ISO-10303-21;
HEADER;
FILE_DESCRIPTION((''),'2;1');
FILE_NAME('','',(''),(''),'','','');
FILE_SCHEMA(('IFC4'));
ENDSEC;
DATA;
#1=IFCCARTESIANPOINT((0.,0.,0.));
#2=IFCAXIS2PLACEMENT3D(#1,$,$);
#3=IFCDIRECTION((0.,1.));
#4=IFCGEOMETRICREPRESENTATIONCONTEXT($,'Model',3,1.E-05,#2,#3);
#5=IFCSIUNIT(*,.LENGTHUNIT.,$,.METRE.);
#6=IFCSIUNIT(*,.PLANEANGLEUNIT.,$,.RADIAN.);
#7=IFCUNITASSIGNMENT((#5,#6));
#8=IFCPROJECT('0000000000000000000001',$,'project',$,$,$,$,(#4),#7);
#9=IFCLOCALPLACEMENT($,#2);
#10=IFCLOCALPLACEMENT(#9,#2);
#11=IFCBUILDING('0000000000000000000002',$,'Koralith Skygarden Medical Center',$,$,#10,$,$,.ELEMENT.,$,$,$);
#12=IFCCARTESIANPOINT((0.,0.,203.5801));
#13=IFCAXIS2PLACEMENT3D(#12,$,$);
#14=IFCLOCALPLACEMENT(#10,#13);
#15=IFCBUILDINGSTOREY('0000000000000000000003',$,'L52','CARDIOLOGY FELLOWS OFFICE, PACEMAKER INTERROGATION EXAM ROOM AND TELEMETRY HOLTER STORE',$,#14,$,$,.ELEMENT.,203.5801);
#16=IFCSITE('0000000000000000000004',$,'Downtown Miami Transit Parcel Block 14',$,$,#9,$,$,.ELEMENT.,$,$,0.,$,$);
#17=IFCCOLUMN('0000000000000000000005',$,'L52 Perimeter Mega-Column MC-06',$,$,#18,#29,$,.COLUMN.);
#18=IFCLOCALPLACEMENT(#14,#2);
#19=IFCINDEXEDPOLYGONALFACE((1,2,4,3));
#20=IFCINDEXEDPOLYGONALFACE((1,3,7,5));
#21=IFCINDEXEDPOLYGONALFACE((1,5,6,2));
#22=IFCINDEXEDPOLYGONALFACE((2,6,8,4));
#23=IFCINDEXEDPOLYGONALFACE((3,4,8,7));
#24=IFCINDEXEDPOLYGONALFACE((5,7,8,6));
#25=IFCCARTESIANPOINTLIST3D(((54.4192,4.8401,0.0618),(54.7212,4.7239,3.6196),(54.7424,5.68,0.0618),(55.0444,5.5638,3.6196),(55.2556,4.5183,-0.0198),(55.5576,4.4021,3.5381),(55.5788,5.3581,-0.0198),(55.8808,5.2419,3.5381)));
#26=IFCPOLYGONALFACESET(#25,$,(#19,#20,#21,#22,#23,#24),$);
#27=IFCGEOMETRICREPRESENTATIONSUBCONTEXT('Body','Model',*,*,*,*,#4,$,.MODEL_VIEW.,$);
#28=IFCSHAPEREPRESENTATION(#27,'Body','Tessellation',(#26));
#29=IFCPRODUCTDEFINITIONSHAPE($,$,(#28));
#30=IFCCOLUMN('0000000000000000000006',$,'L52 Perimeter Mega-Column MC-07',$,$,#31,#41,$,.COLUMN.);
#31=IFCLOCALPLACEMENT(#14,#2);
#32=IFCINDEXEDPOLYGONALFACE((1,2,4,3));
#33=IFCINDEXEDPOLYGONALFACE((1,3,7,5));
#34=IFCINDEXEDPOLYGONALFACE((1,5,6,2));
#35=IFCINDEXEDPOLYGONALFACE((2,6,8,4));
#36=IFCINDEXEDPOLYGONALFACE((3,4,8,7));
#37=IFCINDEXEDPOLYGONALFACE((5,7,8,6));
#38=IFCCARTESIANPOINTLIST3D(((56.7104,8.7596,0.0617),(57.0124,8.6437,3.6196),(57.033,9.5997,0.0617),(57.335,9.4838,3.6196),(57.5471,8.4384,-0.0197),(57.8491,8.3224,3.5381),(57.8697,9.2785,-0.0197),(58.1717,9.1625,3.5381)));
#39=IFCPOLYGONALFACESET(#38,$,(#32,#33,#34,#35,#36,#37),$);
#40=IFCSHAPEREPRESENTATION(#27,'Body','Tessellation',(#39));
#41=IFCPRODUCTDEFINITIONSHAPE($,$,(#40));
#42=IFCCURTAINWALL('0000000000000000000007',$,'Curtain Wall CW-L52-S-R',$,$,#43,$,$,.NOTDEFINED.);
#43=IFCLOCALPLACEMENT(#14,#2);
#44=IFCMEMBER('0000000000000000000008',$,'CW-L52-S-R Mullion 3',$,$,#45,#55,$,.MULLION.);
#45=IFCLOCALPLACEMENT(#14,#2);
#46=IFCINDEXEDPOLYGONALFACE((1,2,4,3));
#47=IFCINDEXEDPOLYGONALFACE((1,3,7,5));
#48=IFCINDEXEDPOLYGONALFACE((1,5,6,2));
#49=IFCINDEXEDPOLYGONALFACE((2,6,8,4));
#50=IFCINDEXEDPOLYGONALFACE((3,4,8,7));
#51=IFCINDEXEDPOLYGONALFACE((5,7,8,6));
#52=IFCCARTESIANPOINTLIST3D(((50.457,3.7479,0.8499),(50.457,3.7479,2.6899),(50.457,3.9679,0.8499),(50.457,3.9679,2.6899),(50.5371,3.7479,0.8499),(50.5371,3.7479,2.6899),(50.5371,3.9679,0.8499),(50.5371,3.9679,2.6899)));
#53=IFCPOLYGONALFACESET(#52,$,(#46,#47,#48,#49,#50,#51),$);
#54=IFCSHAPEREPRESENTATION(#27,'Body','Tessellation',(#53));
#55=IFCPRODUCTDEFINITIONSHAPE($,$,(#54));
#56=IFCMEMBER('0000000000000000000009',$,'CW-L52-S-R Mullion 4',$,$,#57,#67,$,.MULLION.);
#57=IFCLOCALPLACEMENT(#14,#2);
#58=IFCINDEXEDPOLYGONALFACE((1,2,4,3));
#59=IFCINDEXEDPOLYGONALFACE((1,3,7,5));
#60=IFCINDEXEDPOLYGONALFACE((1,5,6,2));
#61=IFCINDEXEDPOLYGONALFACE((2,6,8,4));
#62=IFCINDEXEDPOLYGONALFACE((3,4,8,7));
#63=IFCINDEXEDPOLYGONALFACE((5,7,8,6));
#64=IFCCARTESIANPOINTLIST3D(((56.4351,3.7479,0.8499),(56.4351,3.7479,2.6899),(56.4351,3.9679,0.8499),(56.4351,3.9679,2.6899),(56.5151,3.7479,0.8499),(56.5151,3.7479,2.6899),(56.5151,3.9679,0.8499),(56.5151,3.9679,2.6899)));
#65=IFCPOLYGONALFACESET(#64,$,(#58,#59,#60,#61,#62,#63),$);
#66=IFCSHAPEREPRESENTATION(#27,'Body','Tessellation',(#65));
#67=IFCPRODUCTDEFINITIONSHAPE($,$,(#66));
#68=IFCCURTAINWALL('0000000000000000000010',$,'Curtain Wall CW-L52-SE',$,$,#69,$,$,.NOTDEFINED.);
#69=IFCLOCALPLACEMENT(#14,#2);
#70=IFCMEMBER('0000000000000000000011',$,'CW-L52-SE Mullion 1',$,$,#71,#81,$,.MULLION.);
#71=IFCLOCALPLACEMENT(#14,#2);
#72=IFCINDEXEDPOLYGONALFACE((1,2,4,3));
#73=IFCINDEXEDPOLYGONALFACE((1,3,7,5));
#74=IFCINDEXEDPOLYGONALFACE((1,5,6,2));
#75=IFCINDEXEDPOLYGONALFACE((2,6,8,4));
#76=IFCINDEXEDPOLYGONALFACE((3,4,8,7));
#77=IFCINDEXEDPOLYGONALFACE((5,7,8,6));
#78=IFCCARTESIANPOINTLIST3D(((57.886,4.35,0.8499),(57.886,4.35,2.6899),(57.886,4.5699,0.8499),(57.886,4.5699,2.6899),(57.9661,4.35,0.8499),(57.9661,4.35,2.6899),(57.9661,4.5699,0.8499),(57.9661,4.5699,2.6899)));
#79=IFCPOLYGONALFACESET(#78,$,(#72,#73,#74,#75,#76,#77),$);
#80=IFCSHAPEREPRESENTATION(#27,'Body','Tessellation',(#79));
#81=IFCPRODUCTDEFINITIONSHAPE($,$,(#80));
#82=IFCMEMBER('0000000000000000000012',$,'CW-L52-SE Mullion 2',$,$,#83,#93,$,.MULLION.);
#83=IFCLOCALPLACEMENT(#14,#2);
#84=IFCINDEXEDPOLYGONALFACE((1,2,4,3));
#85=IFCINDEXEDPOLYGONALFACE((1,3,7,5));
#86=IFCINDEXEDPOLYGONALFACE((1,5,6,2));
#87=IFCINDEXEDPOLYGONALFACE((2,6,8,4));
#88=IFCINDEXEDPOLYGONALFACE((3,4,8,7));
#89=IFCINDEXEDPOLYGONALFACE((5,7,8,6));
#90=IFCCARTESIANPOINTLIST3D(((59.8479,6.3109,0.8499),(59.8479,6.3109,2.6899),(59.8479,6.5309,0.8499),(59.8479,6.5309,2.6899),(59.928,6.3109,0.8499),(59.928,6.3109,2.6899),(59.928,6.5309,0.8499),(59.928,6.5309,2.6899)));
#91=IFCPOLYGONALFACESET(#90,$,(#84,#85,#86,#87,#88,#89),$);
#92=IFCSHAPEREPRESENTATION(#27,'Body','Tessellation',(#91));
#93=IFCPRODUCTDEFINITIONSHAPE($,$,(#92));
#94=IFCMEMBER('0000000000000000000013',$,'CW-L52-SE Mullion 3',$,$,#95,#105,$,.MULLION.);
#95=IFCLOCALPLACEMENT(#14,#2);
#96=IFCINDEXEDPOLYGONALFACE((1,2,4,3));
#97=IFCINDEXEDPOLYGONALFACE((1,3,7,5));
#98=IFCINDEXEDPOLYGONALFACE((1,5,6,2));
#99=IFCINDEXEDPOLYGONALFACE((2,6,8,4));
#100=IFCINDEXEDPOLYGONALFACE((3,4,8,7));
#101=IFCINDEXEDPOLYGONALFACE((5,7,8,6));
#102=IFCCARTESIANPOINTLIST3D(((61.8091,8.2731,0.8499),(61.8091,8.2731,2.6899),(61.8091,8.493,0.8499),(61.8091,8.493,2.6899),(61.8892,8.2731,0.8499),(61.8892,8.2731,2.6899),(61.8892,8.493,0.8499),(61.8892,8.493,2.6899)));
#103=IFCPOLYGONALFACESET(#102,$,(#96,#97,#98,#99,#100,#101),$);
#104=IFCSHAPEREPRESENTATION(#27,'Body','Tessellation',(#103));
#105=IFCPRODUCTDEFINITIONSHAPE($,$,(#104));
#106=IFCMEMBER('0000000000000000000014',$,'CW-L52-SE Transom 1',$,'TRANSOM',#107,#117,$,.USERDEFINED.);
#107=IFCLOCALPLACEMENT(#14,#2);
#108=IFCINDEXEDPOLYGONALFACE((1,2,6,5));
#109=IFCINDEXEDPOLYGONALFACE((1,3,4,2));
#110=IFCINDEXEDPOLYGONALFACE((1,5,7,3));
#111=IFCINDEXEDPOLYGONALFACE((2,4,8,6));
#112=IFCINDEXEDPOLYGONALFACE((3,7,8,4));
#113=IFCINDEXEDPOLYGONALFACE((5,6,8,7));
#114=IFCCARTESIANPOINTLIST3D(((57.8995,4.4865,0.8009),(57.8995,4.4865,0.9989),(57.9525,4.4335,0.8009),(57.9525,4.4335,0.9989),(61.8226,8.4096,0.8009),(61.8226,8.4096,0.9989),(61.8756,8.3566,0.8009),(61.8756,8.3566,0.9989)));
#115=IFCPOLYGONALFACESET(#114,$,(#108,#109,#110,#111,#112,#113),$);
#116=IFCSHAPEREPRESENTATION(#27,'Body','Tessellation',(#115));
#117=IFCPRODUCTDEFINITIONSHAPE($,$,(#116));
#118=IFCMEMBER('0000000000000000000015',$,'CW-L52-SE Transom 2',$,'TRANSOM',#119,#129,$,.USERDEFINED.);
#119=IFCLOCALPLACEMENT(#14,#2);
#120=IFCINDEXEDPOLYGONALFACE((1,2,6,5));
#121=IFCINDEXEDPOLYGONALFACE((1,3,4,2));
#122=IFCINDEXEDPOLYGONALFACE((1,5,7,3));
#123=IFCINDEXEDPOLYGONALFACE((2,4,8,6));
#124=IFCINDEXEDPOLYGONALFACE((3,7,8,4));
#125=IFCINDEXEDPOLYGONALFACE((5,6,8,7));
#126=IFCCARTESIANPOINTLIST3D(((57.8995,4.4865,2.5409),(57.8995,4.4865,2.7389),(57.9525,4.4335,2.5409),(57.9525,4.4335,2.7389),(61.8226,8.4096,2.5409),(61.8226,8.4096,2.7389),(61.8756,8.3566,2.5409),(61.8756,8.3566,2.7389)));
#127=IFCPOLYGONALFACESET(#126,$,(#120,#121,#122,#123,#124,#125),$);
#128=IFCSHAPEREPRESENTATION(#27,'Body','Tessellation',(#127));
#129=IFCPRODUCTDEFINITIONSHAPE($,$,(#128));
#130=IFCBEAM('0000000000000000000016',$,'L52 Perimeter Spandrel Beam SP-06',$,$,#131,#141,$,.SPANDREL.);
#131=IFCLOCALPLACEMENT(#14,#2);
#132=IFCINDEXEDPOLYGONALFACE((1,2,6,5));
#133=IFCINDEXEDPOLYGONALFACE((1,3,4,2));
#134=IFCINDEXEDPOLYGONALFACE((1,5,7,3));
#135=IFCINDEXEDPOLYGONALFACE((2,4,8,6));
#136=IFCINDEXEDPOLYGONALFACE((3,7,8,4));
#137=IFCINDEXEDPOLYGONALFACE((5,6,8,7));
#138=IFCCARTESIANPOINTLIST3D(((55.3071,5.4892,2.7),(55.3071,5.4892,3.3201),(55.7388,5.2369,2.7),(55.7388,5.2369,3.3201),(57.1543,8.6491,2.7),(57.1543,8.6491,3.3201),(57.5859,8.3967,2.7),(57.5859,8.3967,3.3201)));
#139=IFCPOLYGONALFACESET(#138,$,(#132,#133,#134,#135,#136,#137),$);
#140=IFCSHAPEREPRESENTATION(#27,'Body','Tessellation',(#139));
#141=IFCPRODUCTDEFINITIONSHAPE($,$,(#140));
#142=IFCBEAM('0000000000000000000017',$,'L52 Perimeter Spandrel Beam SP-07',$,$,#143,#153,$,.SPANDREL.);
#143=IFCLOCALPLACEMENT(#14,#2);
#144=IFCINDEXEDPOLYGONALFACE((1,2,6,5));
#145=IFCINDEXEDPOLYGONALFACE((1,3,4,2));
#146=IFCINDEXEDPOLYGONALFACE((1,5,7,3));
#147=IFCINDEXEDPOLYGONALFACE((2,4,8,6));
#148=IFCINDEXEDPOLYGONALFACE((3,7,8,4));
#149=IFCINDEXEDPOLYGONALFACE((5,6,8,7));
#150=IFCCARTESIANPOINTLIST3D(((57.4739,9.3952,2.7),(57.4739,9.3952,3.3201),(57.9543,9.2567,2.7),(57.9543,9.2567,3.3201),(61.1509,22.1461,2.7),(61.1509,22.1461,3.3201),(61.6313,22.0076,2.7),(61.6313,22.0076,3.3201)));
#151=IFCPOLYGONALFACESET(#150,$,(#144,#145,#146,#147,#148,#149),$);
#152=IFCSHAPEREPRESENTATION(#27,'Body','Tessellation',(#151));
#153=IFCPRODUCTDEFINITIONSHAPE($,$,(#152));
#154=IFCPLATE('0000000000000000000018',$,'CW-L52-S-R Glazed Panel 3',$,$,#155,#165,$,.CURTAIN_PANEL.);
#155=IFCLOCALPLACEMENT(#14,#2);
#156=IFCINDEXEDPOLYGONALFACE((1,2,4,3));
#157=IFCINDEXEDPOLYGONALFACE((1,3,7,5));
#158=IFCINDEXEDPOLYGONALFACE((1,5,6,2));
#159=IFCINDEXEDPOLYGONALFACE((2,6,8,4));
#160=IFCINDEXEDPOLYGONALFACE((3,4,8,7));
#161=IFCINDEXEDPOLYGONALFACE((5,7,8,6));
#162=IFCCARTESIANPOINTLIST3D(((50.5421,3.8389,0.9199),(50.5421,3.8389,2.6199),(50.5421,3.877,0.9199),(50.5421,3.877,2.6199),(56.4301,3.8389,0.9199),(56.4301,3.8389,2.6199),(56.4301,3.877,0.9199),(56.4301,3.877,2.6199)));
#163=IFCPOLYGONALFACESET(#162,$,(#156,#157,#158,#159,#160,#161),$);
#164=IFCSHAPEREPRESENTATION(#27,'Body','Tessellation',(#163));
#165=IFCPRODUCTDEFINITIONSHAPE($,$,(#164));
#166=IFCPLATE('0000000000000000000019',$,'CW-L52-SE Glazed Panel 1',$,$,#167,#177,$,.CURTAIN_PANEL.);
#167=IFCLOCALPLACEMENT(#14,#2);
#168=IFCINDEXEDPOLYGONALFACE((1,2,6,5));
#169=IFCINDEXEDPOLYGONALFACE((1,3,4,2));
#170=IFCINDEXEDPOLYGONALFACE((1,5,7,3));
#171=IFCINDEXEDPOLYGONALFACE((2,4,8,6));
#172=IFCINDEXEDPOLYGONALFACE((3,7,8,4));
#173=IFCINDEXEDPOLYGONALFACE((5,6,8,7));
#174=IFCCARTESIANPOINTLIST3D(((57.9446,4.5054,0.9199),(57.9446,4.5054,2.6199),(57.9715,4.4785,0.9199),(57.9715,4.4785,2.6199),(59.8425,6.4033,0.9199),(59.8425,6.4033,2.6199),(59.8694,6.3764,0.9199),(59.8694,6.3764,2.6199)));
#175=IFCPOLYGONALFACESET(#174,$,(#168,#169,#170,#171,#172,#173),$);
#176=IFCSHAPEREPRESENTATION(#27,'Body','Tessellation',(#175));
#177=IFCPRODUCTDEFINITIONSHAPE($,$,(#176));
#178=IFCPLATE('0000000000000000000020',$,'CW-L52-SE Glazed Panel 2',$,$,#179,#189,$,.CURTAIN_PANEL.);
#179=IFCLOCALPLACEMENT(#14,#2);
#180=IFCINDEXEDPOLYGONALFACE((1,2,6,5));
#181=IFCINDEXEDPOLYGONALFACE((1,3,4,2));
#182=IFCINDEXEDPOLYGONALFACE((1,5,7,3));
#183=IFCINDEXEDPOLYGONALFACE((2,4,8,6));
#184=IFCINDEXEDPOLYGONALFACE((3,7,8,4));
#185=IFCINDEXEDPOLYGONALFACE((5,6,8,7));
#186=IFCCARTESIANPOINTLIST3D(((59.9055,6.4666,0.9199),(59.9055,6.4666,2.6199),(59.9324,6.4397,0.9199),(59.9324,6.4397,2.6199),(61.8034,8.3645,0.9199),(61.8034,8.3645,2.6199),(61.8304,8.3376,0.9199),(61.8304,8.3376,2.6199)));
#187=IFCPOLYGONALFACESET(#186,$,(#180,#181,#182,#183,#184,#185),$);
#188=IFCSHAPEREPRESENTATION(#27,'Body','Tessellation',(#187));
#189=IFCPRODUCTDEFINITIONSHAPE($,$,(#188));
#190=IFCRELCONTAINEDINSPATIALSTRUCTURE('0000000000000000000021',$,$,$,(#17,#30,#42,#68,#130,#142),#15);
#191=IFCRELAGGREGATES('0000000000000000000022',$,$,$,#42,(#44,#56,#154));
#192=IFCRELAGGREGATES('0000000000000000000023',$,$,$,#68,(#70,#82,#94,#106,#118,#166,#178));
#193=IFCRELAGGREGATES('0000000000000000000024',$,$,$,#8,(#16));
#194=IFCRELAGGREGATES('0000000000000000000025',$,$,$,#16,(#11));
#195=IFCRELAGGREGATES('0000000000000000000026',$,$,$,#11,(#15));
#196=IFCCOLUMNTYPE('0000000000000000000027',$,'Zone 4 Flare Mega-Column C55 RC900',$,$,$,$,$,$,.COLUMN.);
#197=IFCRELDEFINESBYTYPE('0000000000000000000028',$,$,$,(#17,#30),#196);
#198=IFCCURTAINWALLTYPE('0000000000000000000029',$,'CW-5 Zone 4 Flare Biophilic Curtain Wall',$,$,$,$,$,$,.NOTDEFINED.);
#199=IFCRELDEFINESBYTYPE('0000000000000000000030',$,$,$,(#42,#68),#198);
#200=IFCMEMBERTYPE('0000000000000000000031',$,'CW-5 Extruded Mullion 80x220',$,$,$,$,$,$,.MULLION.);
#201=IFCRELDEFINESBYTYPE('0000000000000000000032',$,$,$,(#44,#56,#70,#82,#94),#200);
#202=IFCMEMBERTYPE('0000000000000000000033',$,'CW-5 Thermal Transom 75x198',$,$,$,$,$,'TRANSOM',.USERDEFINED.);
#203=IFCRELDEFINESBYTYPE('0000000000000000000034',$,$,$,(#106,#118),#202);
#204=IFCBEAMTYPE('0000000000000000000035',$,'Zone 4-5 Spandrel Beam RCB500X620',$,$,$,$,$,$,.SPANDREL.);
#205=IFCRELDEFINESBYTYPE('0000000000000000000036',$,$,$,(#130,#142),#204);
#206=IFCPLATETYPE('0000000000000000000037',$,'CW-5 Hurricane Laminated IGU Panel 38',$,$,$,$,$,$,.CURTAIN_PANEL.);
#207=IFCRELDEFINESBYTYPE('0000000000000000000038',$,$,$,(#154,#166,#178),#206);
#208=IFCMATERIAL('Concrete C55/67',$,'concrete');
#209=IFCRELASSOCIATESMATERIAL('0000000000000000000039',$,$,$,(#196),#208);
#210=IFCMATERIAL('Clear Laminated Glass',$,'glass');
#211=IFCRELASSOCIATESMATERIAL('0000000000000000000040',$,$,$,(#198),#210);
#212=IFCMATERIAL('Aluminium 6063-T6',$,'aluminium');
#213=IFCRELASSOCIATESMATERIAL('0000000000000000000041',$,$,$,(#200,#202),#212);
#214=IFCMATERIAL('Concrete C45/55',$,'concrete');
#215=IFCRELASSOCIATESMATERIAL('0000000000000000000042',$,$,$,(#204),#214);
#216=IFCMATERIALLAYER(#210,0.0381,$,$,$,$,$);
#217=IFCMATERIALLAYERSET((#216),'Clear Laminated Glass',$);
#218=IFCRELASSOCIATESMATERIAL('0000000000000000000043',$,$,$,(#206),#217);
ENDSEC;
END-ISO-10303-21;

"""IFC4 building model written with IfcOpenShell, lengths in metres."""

from ifc_helpers import new_model, si_unit, direction, frame, origin, origin_2d, place, context, subcontext, project, spatial, rectangle, extrude, material, layer, layer_set, material_profile, profile_set, type_object, element, aggregate, save


model = new_model("IFC4")

# Units and contexts
model_context = context("Model", 3, precision=1e-05, world=origin(), true_north=direction((0.0, 1.0)))
body_context = subcontext(model_context, "Body", "Model", "MODEL_VIEW")
ifc_project = project(units=[si_unit("LENGTHUNIT", "METRE"), si_unit("PLANEANGLEUNIT", "RADIAN")], contexts=[model_context])

# Site, building, storey
site_placement = place(None, origin())
site = spatial("IfcSite", under=ifc_project, at=site_placement, Name="Downtown Miami Transit Parcel Block 14", CompositionType="ELEMENT", RefElevation=0.0)
building_placement = place(site_placement, origin())
building = spatial("IfcBuilding", under=site, at=building_placement, Name="Koralith Skygarden Medical Center", CompositionType="ELEMENT")
storey_placement = place(building_placement, frame((0.0, 0.0, 203.5801)))
storey = spatial("IfcBuildingStorey", under=building, at=storey_placement, Name="L52", Description="CARDIOLOGY FELLOWS OFFICE, PACEMAKER INTERROGATION EXAM ROOM AND TELEMETRY HOLTER STORE", CompositionType="ELEMENT", Elevation=203.5801)

# Columns
ifc_material_1 = material(Name="Concrete C55/67", Category="concrete")
ifc_material_profile_1 = material_profile(ifc_material_1, rectangle(XDim=0.8999, YDim=0.8999, at=origin_2d()), Name="RC900X900")
ifc_profile_set_1 = profile_set([ifc_material_profile_1], Name="Concrete C55/67")
column_type = type_object("IfcColumnType", Name="Zone 4 Flare Mega-Column C55 RC900", PredefinedType="COLUMN", material=ifc_profile_set_1)
for number, where, z_axis, x_axis, name in (
    (1, (54.999, 5.0991, 0.021), (0.084534, -0.032529, 0.995889), (0.359131, 0.933287, 0.0), "L52 Perimeter Mega-Column MC-06"),
    (2, (57.29, 9.019, 0.021), (0.084534, -0.032461, 0.995892), (0.358473, 0.93354, 0.0), "L52 Perimeter Mega-Column MC-07"),
):
    element("IfcColumn", number, at=place(storey_placement, frame(where, z_axis=z_axis, x_axis=x_axis)), inside=storey, type_object=column_type, Name=name, PredefinedType="COLUMN", context=body_context, shape_type="SweptSolid", body=[
        extrude(rectangle(XDim=0.8999, YDim=0.8999, at=origin_2d()), origin(), (0.0, 0.0, 1.0), 3.5725),
    ])

# Curtain walls, members
ifc_material_2 = material(Name="Clear Laminated Glass", Category="glass")
curtain_wall_type = type_object("IfcCurtainWallType", Name="CW-5 Zone 4 Flare Biophilic Curtain Wall", PredefinedType="NOTDEFINED", material=ifc_material_2)
curtain_wall_1_placement = place(storey_placement, origin())
curtain_wall_1 = element("IfcCurtainWall", 3, at=curtain_wall_1_placement, inside=storey, type_object=curtain_wall_type, Name="Curtain Wall CW-L52-S-R", PredefinedType="NOTDEFINED")
ifc_material_3 = material(Name="Aluminium 6063-T6", Category="aluminium")
ifc_material_profile_2 = material_profile(ifc_material_3, rectangle(XDim=0.0801, YDim=0.22, at=origin_2d()), Name="MUL80X220")
ifc_profile_set_2 = profile_set([ifc_material_profile_2], Name="Aluminium 6063-T6")
member_type_1 = type_object("IfcMemberType", Name="CW-5 Extruded Mullion 80x220", PredefinedType="MULLION", material=ifc_profile_set_2)
member_1_placement = place(storey_placement, frame((50.4971, 3.8579, 0.8499), z_axis=(0.0, 0.0, 1.0), x_axis=(1.0, 0.0, 0.0)))
member_1 = element("IfcMember", 4, at=member_1_placement, type_object=member_type_1, Name="CW-L52-S-R Mullion 3", PredefinedType="MULLION", context=body_context, shape_type="SweptSolid", body=[
    extrude(rectangle(XDim=0.0801, YDim=0.22, at=origin_2d()), origin(), (0.0, 0.0, 1.0), 1.8401),
])
member_2_placement = place(storey_placement, frame((56.4751, 3.8579, 0.8499), z_axis=(0.0, 0.0, 1.0), x_axis=(1.0, 0.0, 0.0)))
member_2 = element("IfcMember", 5, at=member_2_placement, type_object=member_type_1, Name="CW-L52-S-R Mullion 4", PredefinedType="MULLION", context=body_context, shape_type="SweptSolid", body=[
    extrude(rectangle(XDim=0.0801, YDim=0.22, at=origin_2d()), origin(), (0.0, 0.0, 1.0), 1.8401),
])
curtain_wall_2_placement = place(storey_placement, origin())
curtain_wall_2 = element("IfcCurtainWall", 6, at=curtain_wall_2_placement, inside=storey, type_object=curtain_wall_type, Name="Curtain Wall CW-L52-SE", PredefinedType="NOTDEFINED")
member_3_placement = place(storey_placement, frame((57.926, 4.46, 0.8499), z_axis=(0.0, 0.0, 1.0), x_axis=(1.0, 0.0, 0.0)))
member_3 = element("IfcMember", 7, at=member_3_placement, type_object=member_type_1, Name="CW-L52-SE Mullion 1", PredefinedType="MULLION", context=body_context, shape_type="SweptSolid", body=[
    extrude(rectangle(XDim=0.0801, YDim=0.22, at=origin_2d()), origin(), (0.0, 0.0, 1.0), 1.8401),
])
member_4_placement = place(storey_placement, frame((59.8879, 6.4209, 0.8499), z_axis=(0.0, 0.0, 1.0), x_axis=(1.0, 0.0, 0.0)))
member_4 = element("IfcMember", 8, at=member_4_placement, type_object=member_type_1, Name="CW-L52-SE Mullion 2", PredefinedType="MULLION", context=body_context, shape_type="SweptSolid", body=[
    extrude(rectangle(XDim=0.0801, YDim=0.22, at=origin_2d()), origin(), (0.0, 0.0, 1.0), 1.8401),
])
member_5_placement = place(storey_placement, frame((61.8491, 8.3831, 0.8499), z_axis=(0.0, 0.0, 1.0), x_axis=(1.0, 0.0, 0.0)))
member_5 = element("IfcMember", 9, at=member_5_placement, type_object=member_type_1, Name="CW-L52-SE Mullion 3", PredefinedType="MULLION", context=body_context, shape_type="SweptSolid", body=[
    extrude(rectangle(XDim=0.0801, YDim=0.22, at=origin_2d()), origin(), (0.0, 0.0, 1.0), 1.8401),
])
ifc_material_profile_3 = material_profile(ifc_material_3, rectangle(XDim=0.075, YDim=0.198, at=origin_2d()), Name="TRN75X198")
ifc_profile_set_3 = profile_set([ifc_material_profile_3], Name="Aluminium 6063-T6")
member_type_2 = type_object("IfcMemberType", Name="CW-5 Thermal Transom 75x198", ElementType="TRANSOM", PredefinedType="USERDEFINED", material=ifc_profile_set_3)
member_6_placement = place(storey_placement, frame((57.926, 4.46, 0.8999), z_axis=(0.707107, 0.707107, 0.0), x_axis=(-0.707107, 0.707107, 0.0)))
member_6 = element("IfcMember", 10, at=member_6_placement, type_object=member_type_2, Name="CW-L52-SE Transom 1", ObjectType="TRANSOM", PredefinedType="USERDEFINED", context=body_context, shape_type="SweptSolid", body=[
    extrude(rectangle(XDim=0.075, YDim=0.198, at=origin_2d()), origin(), (0.0, 0.0, 1.0), 5.5481),
])
member_7_placement = place(storey_placement, frame((57.926, 4.46, 2.6399), z_axis=(0.707107, 0.707107, 0.0), x_axis=(-0.707107, 0.707107, 0.0)))
member_7 = element("IfcMember", 11, at=member_7_placement, type_object=member_type_2, Name="CW-L52-SE Transom 2", ObjectType="TRANSOM", PredefinedType="USERDEFINED", context=body_context, shape_type="SweptSolid", body=[
    extrude(rectangle(XDim=0.075, YDim=0.198, at=origin_2d()), origin(), (0.0, 0.0, 1.0), 5.5481),
])

# Beams
ifc_material_4 = material(Name="Concrete C45/55", Category="concrete")
ifc_material_profile_4 = material_profile(ifc_material_4, rectangle(XDim=0.5, YDim=0.6201, at=origin_2d()), Name="RCB500X620")
ifc_profile_set_4 = profile_set([ifc_material_profile_4], Name="Concrete C45/55")
beam_type = type_object("IfcBeamType", Name="Zone 4-5 Spandrel Beam RCB500X620", PredefinedType="SPANDREL", material=ifc_profile_set_4)
beam_1_placement = place(storey_placement, frame((55.5229, 5.363, 3.01), z_axis=(0.504663, 0.863316, 0.0), x_axis=(-0.863316, 0.504663, 0.0)))
element("IfcBeam", 12, at=beam_1_placement, inside=storey, type_object=beam_type, Name="L52 Perimeter Spandrel Beam SP-06", PredefinedType="SPANDREL", context=body_context, shape_type="SweptSolid", body=[
    extrude(rectangle(XDim=0.5, YDim=0.6201, at=origin_2d()), origin(), (0.0, 0.0, 1.0), 3.6602),
])
beam_2_placement = place(storey_placement, frame((57.7141, 9.3259, 3.01), z_axis=(0.27708, 0.960847, 0.0), x_axis=(-0.960847, 0.27708, 0.0)))
element("IfcBeam", 13, at=beam_2_placement, inside=storey, type_object=beam_type, Name="L52 Perimeter Spandrel Beam SP-07", PredefinedType="SPANDREL", context=body_context, shape_type="SweptSolid", body=[
    extrude(rectangle(XDim=0.5, YDim=0.6201, at=origin_2d()), origin(), (0.0, 0.0, 1.0), 13.2705),
])

# Plates
ifc_layer_1 = layer(ifc_material_2, 0.0381)
ifc_layer_set_1 = layer_set([ifc_layer_1], Name="Clear Laminated Glass")
plate_type_1 = type_object("IfcPlateType", Name="CW-5 Hurricane Laminated IGU Panel 38", PredefinedType="CURTAIN_PANEL", material=ifc_layer_set_1)
plate_1_placement = place(storey_placement, frame((53.4861, 3.8579, 0.9199), z_axis=(0.0, 0.0, 1.0), x_axis=(1.0, 0.0, 0.0)))
plate_1 = element("IfcPlate", 14, at=plate_1_placement, type_object=plate_type_1, Name="CW-L52-S-R Glazed Panel 3", PredefinedType="CURTAIN_PANEL", context=body_context, shape_type="SweptSolid", body=[
    extrude(rectangle(XDim=5.8879, YDim=0.0381, at=origin_2d()), origin(), (0.0, 0.0, 1.0), 1.7),
])
aggregate(curtain_wall_1, [member_1, member_2, plate_1])
plate_2_placement = place(storey_placement, frame((58.907, 5.4409, 0.9199), z_axis=(0.0, 0.0, 1.0), x_axis=(0.707107, 0.707107, 0.0)))
plate_2 = element("IfcPlate", 15, at=plate_2_placement, type_object=plate_type_1, Name="CW-L52-SE Glazed Panel 1", PredefinedType="CURTAIN_PANEL", context=body_context, shape_type="SweptSolid", body=[
    extrude(rectangle(XDim=2.6841, YDim=0.0381, at=origin_2d()), origin(), (0.0, 0.0, 1.0), 1.7),
])
plate_3_placement = place(storey_placement, frame((60.8679, 7.4021, 0.9199), z_axis=(0.0, 0.0, 1.0), x_axis=(0.707107, 0.707107, 0.0)))
plate_3 = element("IfcPlate", 16, at=plate_3_placement, type_object=plate_type_1, Name="CW-L52-SE Glazed Panel 2", PredefinedType="CURTAIN_PANEL", context=body_context, shape_type="SweptSolid", body=[
    extrude(rectangle(XDim=2.6841, YDim=0.0381, at=origin_2d()), origin(), (0.0, 0.0, 1.0), 1.7),
])
aggregate(curtain_wall_2, [member_3, member_4, member_5, member_6, member_7, plate_2, plate_3])

save(model, "model.ifc")
